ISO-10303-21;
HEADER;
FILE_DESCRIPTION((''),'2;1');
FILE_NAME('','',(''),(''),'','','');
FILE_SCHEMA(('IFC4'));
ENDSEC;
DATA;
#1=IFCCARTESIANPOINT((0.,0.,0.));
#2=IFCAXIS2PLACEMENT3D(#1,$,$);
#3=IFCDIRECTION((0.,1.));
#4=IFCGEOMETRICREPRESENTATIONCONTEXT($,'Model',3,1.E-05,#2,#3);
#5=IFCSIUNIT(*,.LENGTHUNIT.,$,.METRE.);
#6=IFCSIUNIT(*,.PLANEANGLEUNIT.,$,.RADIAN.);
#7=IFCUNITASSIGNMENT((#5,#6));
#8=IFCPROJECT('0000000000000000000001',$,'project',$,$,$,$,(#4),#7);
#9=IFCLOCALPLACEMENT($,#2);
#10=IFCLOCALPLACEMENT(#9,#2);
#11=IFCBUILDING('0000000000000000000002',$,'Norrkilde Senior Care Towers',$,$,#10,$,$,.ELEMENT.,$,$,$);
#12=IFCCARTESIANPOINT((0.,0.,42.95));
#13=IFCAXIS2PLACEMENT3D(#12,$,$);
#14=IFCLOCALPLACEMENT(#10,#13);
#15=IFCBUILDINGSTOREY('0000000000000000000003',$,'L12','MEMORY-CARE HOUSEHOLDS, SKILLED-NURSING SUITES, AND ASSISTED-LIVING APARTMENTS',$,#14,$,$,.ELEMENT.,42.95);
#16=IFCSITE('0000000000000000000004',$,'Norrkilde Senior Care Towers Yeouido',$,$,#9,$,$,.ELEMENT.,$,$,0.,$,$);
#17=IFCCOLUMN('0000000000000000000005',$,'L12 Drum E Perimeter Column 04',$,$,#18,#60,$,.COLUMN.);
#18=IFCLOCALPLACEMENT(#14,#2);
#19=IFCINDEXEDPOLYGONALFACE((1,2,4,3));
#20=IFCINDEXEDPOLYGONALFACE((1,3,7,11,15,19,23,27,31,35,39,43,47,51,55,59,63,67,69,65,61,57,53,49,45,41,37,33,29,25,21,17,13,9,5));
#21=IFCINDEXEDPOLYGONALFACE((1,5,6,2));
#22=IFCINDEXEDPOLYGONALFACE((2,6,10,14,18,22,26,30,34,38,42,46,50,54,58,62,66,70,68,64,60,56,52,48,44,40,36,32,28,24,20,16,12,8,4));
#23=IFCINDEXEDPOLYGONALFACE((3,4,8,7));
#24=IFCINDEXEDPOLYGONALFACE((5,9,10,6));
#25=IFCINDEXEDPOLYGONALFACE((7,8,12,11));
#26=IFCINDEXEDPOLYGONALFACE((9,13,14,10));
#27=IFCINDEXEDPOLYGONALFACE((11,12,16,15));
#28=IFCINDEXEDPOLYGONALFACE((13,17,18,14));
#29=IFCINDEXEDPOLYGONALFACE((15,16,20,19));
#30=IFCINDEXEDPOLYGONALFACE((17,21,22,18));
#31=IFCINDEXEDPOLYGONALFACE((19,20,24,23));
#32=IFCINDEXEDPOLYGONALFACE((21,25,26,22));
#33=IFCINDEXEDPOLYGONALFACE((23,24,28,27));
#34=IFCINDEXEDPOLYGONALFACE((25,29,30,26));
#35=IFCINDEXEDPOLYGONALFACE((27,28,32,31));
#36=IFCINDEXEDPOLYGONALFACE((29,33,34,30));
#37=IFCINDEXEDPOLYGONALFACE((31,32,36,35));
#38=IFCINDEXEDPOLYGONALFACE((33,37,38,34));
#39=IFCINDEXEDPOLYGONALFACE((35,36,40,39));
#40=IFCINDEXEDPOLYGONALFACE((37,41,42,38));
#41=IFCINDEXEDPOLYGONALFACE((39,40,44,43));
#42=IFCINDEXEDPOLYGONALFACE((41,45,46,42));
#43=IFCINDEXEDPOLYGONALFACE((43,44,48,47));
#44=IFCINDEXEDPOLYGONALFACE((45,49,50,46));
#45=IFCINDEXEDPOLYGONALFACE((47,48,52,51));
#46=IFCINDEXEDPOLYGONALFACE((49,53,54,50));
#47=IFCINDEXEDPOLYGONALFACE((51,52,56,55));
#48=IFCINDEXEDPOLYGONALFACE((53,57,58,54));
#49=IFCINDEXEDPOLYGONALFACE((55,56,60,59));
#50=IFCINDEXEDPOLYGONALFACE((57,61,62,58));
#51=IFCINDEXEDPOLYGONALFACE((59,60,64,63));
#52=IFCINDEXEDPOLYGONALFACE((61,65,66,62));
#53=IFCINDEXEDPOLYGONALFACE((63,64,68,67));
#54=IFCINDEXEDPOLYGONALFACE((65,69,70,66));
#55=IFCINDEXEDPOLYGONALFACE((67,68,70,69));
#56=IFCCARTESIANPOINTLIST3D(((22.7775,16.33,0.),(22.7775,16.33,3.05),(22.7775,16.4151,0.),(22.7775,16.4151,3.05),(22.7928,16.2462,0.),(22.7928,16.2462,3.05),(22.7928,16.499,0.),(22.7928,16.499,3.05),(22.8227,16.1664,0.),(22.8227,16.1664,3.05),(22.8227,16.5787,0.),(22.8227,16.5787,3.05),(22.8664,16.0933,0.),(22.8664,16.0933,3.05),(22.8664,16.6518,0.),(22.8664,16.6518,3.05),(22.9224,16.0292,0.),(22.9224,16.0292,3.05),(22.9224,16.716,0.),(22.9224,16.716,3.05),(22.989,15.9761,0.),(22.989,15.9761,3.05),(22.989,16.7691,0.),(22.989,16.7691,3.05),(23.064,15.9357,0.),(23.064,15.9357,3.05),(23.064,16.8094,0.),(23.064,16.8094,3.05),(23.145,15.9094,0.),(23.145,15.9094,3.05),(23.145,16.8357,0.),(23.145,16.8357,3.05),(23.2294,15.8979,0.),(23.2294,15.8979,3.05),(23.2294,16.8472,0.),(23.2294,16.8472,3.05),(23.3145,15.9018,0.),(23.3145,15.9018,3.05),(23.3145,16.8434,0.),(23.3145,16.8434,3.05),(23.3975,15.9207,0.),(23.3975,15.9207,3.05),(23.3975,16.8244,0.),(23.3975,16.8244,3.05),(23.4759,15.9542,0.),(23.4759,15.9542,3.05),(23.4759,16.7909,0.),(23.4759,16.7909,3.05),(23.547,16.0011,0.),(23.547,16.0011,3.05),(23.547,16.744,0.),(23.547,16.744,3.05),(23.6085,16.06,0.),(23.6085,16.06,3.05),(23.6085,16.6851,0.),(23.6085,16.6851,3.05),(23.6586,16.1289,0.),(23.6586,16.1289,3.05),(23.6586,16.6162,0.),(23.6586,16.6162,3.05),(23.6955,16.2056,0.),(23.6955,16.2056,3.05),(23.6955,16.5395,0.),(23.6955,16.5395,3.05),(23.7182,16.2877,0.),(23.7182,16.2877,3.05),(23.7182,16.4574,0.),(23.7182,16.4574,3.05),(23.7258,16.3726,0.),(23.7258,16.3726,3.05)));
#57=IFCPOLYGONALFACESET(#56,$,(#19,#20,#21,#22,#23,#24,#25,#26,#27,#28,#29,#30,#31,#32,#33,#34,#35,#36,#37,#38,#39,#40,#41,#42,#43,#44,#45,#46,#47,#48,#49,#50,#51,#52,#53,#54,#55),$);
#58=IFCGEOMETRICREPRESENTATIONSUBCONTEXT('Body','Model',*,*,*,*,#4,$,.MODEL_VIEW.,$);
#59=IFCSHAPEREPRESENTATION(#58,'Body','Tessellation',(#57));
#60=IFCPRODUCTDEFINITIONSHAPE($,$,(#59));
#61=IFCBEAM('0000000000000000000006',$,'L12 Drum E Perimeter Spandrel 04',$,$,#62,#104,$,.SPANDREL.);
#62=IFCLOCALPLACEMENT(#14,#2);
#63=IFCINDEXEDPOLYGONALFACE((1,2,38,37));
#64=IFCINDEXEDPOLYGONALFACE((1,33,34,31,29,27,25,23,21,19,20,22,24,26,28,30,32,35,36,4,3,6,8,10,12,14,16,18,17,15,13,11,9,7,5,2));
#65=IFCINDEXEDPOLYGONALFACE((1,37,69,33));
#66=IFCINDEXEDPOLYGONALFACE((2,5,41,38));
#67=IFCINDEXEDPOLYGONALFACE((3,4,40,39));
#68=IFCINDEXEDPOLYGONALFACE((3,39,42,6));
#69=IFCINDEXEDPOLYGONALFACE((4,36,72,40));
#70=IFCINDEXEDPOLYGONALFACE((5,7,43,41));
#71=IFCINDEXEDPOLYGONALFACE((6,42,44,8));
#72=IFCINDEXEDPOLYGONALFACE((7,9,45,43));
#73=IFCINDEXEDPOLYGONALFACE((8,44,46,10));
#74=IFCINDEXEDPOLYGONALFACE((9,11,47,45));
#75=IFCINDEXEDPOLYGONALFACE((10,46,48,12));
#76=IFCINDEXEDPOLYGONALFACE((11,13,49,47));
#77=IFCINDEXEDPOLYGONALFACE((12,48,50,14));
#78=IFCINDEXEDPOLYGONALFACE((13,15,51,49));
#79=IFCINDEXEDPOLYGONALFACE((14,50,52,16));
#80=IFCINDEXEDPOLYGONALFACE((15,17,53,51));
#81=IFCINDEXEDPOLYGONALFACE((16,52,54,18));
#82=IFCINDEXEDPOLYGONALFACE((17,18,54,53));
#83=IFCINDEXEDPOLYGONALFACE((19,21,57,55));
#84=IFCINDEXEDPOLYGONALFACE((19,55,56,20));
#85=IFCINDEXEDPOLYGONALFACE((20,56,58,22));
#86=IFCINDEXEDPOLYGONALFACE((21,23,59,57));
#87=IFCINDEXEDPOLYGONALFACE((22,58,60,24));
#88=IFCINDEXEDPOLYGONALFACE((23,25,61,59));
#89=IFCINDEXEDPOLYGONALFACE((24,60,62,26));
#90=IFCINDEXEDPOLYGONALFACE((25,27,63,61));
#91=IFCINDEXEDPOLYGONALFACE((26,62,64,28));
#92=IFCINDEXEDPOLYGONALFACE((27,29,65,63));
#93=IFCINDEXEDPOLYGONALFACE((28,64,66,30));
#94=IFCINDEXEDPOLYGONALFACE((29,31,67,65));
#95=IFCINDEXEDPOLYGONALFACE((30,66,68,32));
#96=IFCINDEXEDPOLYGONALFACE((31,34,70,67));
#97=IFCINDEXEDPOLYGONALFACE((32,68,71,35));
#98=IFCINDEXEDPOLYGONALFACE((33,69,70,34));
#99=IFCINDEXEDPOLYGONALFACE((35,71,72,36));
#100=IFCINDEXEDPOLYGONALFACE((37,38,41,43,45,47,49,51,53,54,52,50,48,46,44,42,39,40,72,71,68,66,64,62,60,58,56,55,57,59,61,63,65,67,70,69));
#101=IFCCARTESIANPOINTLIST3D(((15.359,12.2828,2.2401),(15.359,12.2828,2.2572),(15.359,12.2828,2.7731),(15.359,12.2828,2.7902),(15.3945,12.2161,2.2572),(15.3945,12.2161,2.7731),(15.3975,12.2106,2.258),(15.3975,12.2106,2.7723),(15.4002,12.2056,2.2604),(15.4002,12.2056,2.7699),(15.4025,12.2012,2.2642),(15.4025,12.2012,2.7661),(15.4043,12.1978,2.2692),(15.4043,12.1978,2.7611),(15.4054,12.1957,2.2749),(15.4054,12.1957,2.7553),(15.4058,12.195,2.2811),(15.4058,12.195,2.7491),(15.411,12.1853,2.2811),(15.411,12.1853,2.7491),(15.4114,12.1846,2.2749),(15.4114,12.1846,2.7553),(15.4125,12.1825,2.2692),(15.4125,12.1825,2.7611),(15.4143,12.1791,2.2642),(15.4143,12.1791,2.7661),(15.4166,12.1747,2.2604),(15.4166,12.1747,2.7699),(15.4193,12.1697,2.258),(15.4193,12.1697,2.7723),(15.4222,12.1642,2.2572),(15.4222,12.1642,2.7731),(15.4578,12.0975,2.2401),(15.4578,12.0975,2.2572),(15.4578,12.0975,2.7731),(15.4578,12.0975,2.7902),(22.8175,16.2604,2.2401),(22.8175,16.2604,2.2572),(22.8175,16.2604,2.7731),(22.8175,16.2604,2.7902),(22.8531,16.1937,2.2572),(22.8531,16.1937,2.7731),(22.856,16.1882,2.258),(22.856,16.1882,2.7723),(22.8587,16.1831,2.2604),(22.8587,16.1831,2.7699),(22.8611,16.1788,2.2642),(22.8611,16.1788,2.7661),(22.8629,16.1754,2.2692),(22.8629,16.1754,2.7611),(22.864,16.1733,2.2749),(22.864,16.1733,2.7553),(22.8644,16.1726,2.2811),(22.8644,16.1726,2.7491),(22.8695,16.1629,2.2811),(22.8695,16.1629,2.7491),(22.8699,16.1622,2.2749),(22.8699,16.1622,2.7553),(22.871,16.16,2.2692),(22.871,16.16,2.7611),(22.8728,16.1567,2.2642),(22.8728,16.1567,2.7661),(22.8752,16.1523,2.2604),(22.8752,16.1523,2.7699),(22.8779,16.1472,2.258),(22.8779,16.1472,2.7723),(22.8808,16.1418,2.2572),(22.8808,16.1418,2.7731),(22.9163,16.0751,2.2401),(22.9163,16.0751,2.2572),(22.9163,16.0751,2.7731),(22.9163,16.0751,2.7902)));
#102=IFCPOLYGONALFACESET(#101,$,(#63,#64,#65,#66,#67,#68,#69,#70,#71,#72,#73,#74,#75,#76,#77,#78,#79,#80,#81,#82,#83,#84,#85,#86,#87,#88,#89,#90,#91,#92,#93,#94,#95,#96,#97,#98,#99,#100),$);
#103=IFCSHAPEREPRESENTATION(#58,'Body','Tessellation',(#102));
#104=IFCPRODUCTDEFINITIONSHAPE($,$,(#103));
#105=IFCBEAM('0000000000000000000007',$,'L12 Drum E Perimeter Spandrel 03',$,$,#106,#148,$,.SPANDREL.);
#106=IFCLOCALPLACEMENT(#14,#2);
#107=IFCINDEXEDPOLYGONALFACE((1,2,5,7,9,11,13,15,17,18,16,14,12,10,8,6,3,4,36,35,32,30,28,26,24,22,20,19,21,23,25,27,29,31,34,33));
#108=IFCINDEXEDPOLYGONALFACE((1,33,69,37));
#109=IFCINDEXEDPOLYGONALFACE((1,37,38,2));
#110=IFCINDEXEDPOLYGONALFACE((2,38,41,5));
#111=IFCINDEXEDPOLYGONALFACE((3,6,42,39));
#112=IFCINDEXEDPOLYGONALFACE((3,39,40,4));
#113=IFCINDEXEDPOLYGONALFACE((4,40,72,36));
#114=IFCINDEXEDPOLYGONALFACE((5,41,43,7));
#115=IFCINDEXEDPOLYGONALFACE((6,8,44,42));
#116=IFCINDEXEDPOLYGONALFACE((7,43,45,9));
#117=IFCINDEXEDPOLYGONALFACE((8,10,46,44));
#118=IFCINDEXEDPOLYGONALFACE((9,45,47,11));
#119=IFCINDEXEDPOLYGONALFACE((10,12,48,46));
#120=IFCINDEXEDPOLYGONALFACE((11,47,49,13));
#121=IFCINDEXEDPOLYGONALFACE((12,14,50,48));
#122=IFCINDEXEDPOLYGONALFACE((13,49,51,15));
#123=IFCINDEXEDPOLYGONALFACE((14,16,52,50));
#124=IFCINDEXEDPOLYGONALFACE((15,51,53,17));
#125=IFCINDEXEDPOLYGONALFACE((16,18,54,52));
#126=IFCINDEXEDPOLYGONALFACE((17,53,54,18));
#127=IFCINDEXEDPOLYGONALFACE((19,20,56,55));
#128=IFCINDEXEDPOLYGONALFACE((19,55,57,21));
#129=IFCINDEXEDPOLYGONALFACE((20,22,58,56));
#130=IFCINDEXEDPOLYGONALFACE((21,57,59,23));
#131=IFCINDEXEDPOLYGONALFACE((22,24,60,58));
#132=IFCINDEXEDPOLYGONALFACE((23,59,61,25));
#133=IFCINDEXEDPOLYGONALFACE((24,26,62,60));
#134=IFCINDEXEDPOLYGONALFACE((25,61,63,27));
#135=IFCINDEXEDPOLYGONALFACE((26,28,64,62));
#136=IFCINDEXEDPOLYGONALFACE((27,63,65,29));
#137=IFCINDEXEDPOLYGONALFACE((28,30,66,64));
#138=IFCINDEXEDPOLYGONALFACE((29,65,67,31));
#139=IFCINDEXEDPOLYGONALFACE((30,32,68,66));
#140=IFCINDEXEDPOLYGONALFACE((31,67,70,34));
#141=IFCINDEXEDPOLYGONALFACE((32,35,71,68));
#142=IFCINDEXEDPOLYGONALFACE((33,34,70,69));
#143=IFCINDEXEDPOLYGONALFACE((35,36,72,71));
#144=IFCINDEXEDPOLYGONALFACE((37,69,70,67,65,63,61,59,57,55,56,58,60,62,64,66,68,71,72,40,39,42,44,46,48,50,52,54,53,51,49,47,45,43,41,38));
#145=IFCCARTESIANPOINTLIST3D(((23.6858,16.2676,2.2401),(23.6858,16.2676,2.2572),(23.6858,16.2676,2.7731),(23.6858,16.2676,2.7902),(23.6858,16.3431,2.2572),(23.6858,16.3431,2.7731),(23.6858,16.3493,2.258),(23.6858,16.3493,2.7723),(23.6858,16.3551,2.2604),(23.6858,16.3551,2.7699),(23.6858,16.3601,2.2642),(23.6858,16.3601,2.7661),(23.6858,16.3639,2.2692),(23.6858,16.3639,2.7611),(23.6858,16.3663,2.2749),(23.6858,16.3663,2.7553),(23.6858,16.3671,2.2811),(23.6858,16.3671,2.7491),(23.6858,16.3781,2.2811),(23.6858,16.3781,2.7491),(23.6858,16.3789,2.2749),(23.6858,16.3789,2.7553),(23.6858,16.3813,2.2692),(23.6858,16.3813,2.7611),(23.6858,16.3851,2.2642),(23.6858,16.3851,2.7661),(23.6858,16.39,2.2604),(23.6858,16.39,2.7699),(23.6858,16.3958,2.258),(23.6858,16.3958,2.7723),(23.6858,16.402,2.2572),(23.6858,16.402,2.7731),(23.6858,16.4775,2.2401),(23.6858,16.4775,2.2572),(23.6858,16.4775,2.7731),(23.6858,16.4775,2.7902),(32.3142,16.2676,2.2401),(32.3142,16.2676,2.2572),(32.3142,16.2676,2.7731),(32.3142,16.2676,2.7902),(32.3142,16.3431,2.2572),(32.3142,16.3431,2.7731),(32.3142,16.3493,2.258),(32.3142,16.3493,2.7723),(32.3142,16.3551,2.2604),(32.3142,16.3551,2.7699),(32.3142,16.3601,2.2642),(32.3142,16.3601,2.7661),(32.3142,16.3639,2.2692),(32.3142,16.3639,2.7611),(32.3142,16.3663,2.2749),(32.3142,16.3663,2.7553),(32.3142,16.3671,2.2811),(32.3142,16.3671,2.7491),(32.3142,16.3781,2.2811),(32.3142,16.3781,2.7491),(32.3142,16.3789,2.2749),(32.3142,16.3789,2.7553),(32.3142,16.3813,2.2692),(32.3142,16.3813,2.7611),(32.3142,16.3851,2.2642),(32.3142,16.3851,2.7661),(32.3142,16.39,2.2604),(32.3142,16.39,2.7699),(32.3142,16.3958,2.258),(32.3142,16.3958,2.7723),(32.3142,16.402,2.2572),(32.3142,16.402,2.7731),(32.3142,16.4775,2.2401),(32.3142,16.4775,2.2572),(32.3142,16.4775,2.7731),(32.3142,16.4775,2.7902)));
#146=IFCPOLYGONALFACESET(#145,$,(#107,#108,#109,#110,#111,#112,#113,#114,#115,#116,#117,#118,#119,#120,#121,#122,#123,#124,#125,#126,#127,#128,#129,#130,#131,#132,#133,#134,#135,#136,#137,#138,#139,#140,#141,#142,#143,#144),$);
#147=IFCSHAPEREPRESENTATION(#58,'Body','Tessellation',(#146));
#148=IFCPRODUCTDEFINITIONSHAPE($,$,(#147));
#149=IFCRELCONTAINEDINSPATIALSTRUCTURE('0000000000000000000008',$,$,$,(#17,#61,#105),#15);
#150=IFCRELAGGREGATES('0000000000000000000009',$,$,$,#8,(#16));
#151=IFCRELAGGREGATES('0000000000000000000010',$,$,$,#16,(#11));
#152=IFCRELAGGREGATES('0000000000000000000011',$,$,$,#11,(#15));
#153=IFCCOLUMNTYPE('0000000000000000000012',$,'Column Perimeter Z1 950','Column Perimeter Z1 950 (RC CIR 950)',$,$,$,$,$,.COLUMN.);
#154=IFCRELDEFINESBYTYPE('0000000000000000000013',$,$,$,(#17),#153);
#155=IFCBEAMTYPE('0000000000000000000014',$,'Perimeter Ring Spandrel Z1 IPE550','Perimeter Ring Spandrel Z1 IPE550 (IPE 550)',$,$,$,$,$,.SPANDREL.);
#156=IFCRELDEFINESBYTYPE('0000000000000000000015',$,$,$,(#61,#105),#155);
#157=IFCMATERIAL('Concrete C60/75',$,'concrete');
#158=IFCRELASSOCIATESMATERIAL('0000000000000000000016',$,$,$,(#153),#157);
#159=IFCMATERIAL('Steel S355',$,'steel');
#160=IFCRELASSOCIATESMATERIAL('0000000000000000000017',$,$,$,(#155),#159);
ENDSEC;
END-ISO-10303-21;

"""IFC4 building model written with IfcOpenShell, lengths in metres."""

from ifc_helpers import new_model, si_unit, direction, frame, origin, origin_2d, place, context, subcontext, project, spatial, circle, i_section, extrude, source, transform, mapped, material, material_profile, profile_set, type_object, type_shapes, element, save


model = new_model("IFC4")

# Units and contexts
model_context = context("Model", 3, precision=1e-05, world=origin(), true_north=direction((0.0, 1.0)))
body_context = subcontext(model_context, "Body", "Model", "MODEL_VIEW")
ifc_project = project(units=[si_unit("LENGTHUNIT", "METRE"), si_unit("PLANEANGLEUNIT", "RADIAN")], contexts=[model_context])

# Site, building, storey
site_placement = place(None, origin())
site = spatial("IfcSite", under=ifc_project, at=site_placement, Name="Norrkilde Senior Care Towers Yeouido", CompositionType="ELEMENT", RefElevation=0.0)
building_placement = place(site_placement, origin())
building = spatial("IfcBuilding", under=site, at=building_placement, Name="Norrkilde Senior Care Towers", CompositionType="ELEMENT")
storey_placement = place(building_placement, frame((0.0, 0.0, 42.95)))
storey = spatial("IfcBuildingStorey", under=building, at=storey_placement, Name="L12", Description="MEMORY-CARE HOUSEHOLDS, SKILLED-NURSING SUITES, AND ASSISTED-LIVING APARTMENTS", CompositionType="ELEMENT", Elevation=42.95)

# Column
ifc_material_1 = material(Name="Concrete C60/75", Category="concrete")
ifc_material_profile_1 = material_profile(ifc_material_1, circle(Radius=0.4751, at=origin_2d()), Name="RC CIR 950")
ifc_profile_set_1 = profile_set([ifc_material_profile_1], Name="Concrete C60/75")
column_type = type_object("IfcColumnType", Name="Column Perimeter Z1 950", Description="Column Perimeter Z1 950 (RC CIR 950)", PredefinedType="COLUMN", material=ifc_profile_set_1)
shared_shape_1 = source(origin(), body_context, "Body", "SweptSolid", [
    extrude(circle(Radius=0.4751, at=origin_2d()), origin(), (0.0, 0.0, 1.0), 3.05),
])
type_shapes(column_type, [shared_shape_1])
column_placement = place(storey_placement, frame((23.2507, 16.3726, 0.0), z_axis=(0.0, 0.0, 1.0), x_axis=(1.0, 0.0, 0.0)))
element("IfcColumn", 1, at=column_placement, inside=storey, type_object=column_type, Name="L12 Drum E Perimeter Column 04", PredefinedType="COLUMN", context=body_context, shape_type="MappedRepresentation", body=[
    mapped(shared_shape_1, transform((0.0, 0.0, 0.0), x_axis=(1.0, 0.0, 0.0), y_axis=(0.0, 1.0, 0.0), z_axis=(0.0, 0.0, 1.0), scale=1.0)),
])

# Beams
ifc_material_2 = material(Name="Steel S355", Category="steel")
ifc_material_profile_2 = material_profile(ifc_material_2, i_section(OverallWidth=0.21, OverallDepth=0.55, WebThickness=0.011, FlangeThickness=0.0171, FilletRadius=0.0239, at=origin_2d()), Name="IPE 550")
ifc_profile_set_2 = profile_set([ifc_material_profile_2], Name="Steel S355")
beam_type_1 = type_object("IfcBeamType", Name="Perimeter Ring Spandrel Z1 IPE550", Description="Perimeter Ring Spandrel Z1 IPE550 (IPE 550)", PredefinedType="SPANDREL", material=ifc_profile_set_2)
shared_shape_2 = source(origin(), body_context, "Body", "SweptSolid", [
    extrude(i_section(OverallWidth=0.21, OverallDepth=0.55, WebThickness=0.011, FlangeThickness=0.0171, FilletRadius=0.0239, at=origin_2d()), origin(), (0.0, 0.0, 1.0), 8.4529),
])
beam_1_placement = place(storey_placement, frame((22.8669, 16.1677, 2.5151), z_axis=(-0.882369, -0.470558, 0.0), x_axis=(0.470558, -0.882369, 0.0)))
element("IfcBeam", 2, at=beam_1_placement, inside=storey, type_object=beam_type_1, Name="L12 Drum E Perimeter Spandrel 04", PredefinedType="SPANDREL", context=body_context, shape_type="MappedRepresentation", body=[
    mapped(shared_shape_2, transform((0.0, 0.0, 0.0), x_axis=(1.0, 0.0, 0.0), y_axis=(0.0, 1.0, 0.0), z_axis=(0.0, 0.0, 1.0), scale=1.0)),
])
shared_shape_3 = source(origin(), body_context, "Body", "SweptSolid", [
    extrude(i_section(OverallWidth=0.21, OverallDepth=0.55, WebThickness=0.011, FlangeThickness=0.0171, FilletRadius=0.0239, at=origin_2d()), origin(), (0.0, 0.0, 1.0), 8.6284),
])
type_shapes(beam_type_1, [shared_shape_2, shared_shape_3])
beam_2_placement = place(storey_placement, frame((32.3142, 16.3726, 2.5151), z_axis=(-1.0, 0.0, 0.0), x_axis=(0.0, -1.0, 0.0)))
element("IfcBeam", 3, at=beam_2_placement, inside=storey, type_object=beam_type_1, Name="L12 Drum E Perimeter Spandrel 03", PredefinedType="SPANDREL", context=body_context, shape_type="MappedRepresentation", body=[
    mapped(shared_shape_3, transform((0.0, 0.0, 0.0), x_axis=(1.0, 0.0, 0.0), y_axis=(0.0, 1.0, 0.0), z_axis=(0.0, 0.0, 1.0), scale=1.0)),
])

save(model, "model.ifc")
